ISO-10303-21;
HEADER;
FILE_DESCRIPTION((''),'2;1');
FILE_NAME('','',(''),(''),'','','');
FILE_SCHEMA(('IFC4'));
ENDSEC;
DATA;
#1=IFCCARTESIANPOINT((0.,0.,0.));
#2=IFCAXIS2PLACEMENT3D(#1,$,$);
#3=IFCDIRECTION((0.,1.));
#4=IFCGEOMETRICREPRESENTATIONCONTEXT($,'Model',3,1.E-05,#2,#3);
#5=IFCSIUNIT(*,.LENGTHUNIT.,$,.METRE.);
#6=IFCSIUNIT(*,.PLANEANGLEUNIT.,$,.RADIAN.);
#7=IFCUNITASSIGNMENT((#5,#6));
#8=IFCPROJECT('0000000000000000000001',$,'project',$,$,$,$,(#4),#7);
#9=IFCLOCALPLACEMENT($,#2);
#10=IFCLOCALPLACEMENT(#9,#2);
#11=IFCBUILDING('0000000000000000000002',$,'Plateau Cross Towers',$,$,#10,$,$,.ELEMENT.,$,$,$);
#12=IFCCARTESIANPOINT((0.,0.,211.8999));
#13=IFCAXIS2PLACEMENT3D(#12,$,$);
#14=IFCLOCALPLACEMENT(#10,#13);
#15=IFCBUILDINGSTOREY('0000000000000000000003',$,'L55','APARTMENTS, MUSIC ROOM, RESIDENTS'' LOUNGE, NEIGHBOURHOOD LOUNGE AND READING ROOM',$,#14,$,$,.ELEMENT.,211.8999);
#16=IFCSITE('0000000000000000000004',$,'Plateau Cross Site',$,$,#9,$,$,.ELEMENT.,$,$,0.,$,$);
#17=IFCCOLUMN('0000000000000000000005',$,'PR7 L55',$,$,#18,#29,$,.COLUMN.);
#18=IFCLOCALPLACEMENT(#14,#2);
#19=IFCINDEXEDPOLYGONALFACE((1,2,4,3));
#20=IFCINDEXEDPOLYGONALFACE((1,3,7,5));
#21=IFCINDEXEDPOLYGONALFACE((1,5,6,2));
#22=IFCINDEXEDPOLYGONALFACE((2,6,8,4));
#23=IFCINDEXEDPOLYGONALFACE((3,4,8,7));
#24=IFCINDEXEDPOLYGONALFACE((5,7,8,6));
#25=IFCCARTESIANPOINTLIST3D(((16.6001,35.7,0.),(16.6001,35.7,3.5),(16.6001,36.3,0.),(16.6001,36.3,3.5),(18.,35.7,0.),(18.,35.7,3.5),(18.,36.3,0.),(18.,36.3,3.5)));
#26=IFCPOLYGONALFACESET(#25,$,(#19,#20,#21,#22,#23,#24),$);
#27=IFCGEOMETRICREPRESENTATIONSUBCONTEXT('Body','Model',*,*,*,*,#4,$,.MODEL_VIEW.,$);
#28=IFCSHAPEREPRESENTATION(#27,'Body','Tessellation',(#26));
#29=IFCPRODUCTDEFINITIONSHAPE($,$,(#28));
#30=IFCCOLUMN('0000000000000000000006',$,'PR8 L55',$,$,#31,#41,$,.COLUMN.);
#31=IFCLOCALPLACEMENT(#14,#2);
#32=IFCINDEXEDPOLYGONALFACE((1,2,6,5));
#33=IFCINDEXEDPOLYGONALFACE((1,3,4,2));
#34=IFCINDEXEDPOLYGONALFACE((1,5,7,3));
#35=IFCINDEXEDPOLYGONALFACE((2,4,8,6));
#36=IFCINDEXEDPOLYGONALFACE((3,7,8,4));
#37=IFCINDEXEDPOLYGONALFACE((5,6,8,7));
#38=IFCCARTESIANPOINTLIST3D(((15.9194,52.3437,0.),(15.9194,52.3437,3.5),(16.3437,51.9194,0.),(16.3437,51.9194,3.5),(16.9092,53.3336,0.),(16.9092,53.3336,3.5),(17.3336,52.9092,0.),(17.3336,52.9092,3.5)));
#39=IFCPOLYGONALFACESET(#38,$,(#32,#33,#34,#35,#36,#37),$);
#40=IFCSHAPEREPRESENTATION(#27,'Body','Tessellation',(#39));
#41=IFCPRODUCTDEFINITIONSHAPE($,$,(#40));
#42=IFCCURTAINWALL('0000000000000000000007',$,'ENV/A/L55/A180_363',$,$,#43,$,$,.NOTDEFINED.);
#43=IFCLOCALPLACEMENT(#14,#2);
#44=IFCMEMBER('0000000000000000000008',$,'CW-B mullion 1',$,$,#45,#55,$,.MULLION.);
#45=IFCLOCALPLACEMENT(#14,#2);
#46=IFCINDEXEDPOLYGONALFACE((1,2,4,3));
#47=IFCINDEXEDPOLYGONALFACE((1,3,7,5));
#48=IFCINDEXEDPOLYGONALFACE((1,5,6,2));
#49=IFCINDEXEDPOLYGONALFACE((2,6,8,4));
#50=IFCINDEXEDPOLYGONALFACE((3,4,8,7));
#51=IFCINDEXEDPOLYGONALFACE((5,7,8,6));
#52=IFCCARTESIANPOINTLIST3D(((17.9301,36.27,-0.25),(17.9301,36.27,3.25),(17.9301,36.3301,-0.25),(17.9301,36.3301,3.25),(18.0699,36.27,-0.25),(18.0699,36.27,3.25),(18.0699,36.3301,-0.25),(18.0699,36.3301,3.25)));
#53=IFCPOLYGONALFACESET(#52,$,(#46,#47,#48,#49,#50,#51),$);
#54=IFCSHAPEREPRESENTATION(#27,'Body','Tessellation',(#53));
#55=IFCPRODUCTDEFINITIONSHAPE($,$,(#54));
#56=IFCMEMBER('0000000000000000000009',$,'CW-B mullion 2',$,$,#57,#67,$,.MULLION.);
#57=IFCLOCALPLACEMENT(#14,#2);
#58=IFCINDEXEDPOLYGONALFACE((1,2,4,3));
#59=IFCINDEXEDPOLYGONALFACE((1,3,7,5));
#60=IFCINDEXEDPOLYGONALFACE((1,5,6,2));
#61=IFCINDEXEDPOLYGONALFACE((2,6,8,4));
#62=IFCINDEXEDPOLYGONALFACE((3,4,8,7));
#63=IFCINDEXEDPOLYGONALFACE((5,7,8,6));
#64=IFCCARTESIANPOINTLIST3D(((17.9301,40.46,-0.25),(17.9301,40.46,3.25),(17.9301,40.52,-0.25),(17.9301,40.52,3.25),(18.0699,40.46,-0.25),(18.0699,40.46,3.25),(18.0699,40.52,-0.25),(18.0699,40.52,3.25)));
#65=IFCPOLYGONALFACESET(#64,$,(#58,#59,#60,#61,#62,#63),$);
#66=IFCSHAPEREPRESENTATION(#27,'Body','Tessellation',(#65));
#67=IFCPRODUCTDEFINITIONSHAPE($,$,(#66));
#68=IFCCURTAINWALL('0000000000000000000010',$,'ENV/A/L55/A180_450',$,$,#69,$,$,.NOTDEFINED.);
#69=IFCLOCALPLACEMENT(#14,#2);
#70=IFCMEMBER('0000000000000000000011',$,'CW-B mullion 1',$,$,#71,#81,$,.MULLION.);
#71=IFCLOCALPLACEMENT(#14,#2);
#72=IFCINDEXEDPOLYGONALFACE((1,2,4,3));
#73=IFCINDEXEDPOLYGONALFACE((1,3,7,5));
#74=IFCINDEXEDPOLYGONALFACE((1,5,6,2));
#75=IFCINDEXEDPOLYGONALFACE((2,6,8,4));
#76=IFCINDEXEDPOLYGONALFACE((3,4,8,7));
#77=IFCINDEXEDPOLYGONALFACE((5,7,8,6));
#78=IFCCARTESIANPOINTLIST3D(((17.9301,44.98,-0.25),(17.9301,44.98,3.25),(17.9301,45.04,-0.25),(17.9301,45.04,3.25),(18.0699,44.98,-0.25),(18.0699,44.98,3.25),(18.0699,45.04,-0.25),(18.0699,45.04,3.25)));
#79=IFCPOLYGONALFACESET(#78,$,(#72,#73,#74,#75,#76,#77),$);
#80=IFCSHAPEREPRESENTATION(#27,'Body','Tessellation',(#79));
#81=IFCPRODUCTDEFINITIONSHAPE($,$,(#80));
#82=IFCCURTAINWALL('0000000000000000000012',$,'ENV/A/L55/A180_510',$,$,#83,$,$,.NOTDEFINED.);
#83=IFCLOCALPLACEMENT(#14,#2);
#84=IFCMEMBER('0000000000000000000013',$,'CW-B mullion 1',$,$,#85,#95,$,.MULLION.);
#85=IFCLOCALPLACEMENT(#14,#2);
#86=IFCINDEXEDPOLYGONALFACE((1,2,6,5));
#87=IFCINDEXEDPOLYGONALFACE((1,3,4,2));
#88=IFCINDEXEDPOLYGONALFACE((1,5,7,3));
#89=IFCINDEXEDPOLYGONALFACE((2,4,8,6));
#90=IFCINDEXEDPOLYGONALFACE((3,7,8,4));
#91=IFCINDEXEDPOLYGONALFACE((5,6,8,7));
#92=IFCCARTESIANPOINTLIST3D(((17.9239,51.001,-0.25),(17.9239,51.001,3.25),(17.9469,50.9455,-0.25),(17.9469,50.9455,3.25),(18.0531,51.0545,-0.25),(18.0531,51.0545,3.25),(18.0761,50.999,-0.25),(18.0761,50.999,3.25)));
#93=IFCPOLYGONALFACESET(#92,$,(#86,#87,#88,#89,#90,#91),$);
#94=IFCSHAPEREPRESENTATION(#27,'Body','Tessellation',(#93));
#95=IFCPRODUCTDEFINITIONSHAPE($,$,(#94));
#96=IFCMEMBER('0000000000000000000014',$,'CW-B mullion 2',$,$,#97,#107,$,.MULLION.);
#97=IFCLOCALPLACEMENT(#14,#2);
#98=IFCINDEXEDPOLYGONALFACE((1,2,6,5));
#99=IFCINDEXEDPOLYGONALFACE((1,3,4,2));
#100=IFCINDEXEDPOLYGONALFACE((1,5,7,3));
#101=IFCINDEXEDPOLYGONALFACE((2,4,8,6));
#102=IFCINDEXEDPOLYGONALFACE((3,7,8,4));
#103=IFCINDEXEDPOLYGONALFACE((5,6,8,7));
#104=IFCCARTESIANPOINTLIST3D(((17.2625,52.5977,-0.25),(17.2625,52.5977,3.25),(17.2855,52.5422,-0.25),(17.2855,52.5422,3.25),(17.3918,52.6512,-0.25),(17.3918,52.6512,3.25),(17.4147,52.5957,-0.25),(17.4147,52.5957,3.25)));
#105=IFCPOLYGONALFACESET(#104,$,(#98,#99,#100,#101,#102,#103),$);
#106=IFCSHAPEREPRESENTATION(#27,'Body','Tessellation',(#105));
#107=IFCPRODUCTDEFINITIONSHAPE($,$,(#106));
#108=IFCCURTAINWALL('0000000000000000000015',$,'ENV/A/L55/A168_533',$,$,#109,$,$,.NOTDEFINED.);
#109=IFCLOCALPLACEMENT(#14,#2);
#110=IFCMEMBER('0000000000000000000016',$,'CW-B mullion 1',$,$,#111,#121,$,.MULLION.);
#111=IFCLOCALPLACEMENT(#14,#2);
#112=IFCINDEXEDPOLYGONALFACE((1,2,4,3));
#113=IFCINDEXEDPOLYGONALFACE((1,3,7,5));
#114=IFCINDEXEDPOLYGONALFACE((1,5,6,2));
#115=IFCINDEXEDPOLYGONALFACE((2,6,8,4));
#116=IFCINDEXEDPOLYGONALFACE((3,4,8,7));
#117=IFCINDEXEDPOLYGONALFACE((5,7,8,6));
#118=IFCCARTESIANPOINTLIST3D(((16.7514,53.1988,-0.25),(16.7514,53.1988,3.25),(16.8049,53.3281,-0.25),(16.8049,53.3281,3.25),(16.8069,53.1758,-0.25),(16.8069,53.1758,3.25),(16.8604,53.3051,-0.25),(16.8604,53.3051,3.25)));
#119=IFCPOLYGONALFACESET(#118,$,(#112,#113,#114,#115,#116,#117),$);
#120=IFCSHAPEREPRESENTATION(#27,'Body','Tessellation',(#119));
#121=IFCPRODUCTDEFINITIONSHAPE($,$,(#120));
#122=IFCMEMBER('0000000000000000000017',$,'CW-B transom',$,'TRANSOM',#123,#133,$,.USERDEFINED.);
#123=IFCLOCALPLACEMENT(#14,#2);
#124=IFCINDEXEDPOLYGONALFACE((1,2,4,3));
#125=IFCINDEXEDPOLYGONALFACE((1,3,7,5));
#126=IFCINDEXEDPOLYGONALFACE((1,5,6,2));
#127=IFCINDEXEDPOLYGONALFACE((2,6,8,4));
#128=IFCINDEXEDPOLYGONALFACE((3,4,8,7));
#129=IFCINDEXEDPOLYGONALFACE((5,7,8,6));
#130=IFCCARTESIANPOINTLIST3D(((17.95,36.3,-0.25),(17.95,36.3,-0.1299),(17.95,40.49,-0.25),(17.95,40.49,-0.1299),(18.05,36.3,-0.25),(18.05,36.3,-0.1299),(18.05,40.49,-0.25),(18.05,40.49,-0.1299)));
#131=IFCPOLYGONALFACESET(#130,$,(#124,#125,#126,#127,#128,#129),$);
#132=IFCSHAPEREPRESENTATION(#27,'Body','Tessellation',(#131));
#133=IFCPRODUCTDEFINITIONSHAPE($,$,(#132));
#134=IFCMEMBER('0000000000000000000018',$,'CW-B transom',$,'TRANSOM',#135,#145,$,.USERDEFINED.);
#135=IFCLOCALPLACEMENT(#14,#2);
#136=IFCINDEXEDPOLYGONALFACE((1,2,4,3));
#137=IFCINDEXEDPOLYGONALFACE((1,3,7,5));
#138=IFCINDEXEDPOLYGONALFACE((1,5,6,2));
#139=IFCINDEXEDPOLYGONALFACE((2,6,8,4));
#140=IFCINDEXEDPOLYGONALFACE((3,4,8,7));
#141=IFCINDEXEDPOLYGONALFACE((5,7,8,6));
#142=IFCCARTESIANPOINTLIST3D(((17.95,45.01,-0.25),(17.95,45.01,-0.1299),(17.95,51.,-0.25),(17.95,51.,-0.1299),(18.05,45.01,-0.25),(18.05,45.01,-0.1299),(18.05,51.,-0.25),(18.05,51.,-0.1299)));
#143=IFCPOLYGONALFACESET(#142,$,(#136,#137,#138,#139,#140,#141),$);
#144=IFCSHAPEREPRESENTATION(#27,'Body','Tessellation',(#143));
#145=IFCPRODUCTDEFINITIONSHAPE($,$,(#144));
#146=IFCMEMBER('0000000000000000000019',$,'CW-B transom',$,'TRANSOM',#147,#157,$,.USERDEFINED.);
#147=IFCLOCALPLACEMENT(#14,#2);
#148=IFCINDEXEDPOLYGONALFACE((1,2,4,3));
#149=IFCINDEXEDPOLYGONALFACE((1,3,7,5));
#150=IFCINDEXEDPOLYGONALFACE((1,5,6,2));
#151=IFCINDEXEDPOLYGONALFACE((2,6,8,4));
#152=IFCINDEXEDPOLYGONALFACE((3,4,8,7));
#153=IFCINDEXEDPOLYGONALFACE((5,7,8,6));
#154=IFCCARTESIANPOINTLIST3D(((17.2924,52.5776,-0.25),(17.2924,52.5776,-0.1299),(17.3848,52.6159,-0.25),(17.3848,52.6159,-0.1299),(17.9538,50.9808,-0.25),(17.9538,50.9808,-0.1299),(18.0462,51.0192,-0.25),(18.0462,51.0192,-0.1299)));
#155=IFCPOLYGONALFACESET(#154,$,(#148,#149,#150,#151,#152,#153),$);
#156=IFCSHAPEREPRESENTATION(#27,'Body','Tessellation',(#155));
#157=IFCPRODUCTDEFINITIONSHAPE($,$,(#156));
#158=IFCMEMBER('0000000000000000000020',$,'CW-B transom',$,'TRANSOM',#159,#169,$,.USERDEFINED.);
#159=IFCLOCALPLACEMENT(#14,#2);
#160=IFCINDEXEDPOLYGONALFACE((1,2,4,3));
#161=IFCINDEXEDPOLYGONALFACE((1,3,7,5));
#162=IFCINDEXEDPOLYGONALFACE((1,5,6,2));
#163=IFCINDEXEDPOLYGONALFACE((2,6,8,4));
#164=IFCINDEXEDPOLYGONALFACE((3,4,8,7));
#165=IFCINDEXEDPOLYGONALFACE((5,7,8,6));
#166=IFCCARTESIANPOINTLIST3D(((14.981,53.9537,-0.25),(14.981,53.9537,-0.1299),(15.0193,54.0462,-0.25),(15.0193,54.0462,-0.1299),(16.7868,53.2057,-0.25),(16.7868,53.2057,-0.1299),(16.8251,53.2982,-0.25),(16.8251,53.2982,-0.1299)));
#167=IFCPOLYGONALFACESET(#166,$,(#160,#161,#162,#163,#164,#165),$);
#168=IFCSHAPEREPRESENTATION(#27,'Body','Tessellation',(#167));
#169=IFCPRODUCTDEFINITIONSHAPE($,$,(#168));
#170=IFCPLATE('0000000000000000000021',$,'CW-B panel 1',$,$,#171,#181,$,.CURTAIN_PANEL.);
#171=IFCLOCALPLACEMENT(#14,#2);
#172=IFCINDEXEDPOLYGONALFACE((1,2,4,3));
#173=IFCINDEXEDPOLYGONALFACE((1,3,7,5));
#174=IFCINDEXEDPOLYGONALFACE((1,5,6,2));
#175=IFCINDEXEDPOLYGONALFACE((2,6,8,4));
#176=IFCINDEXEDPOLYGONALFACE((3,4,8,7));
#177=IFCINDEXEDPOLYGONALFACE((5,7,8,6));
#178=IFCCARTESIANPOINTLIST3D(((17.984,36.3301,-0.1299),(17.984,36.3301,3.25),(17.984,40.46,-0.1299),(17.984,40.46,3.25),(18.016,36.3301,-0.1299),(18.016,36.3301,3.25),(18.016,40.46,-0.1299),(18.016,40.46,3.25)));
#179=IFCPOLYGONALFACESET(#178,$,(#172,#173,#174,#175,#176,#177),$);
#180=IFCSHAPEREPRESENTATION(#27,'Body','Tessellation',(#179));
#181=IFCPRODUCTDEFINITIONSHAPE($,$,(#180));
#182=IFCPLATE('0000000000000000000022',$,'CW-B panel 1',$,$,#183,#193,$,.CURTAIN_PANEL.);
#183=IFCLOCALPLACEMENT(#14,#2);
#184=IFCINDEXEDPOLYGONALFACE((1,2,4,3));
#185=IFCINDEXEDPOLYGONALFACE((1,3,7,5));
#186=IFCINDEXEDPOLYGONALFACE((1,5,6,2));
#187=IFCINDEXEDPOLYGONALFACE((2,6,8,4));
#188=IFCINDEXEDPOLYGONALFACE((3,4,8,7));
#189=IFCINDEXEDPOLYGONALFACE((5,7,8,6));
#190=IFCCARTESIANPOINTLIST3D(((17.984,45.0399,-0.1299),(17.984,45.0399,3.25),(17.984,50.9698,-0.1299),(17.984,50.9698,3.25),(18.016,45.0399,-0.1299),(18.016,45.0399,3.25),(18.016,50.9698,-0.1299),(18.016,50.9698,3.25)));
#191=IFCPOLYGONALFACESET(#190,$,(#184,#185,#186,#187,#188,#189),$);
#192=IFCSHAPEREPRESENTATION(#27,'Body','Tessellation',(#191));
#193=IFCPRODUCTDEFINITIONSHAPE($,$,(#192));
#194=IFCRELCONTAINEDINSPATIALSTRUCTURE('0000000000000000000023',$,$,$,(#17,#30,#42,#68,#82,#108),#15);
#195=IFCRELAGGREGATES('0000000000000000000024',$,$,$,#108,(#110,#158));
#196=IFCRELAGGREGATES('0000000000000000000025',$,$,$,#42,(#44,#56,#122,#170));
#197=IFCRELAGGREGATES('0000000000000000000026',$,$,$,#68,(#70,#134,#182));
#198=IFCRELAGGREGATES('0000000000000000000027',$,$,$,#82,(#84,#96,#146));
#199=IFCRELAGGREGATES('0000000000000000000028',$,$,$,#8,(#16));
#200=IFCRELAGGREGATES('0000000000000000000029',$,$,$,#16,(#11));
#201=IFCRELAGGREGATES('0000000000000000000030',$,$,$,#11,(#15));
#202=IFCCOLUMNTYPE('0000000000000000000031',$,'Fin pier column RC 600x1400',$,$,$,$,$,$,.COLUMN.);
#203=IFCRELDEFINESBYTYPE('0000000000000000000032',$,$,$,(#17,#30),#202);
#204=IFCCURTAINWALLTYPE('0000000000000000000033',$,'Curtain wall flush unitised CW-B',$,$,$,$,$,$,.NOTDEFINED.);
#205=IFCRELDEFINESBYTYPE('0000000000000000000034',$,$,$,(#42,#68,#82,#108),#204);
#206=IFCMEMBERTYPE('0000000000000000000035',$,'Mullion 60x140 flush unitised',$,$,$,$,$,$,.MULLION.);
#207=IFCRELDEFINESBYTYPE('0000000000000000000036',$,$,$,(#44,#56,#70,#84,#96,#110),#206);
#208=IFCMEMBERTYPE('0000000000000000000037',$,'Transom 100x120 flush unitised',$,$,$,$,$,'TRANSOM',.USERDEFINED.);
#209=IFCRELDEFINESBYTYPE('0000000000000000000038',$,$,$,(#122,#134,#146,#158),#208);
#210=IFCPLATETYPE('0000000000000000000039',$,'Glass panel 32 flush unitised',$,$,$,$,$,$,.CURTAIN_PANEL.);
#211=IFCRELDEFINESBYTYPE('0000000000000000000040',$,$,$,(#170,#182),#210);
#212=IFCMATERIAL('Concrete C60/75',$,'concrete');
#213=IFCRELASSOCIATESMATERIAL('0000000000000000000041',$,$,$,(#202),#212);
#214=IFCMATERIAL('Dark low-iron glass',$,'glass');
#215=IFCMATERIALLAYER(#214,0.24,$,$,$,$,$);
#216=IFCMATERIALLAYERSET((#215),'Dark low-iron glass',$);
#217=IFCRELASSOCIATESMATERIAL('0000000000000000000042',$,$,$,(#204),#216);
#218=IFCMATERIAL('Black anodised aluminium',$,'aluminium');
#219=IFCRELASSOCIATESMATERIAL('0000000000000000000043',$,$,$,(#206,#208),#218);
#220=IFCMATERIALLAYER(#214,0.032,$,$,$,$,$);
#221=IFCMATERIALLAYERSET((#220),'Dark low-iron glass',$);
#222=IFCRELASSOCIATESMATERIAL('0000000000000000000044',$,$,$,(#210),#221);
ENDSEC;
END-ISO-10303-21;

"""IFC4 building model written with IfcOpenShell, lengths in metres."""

from ifc_helpers import new_model, si_unit, direction, frame, origin, origin_2d, place, context, subcontext, project, spatial, rectangle, extrude, material, layer, layer_set, material_profile, profile_set, type_object, element, aggregate, save


model = new_model("IFC4")

# Units and contexts
model_context = context("Model", 3, precision=1e-05, world=origin(), true_north=direction((0.0, 1.0)))
body_context = subcontext(model_context, "Body", "Model", "MODEL_VIEW")
ifc_project = project(units=[si_unit("LENGTHUNIT", "METRE"), si_unit("PLANEANGLEUNIT", "RADIAN")], contexts=[model_context])

# Site, building, storey
site_placement = place(None, origin())
site = spatial("IfcSite", under=ifc_project, at=site_placement, Name="Plateau Cross Site", CompositionType="ELEMENT", RefElevation=0.0)
building_placement = place(site_placement, origin())
building = spatial("IfcBuilding", under=site, at=building_placement, Name="Plateau Cross Towers", CompositionType="ELEMENT")
storey_placement = place(building_placement, frame((0.0, 0.0, 211.8999)))
storey = spatial("IfcBuildingStorey", under=building, at=storey_placement, Name="L55", Description="APARTMENTS, MUSIC ROOM, RESIDENTS' LOUNGE, NEIGHBOURHOOD LOUNGE AND READING ROOM", CompositionType="ELEMENT", Elevation=211.8999)

# Columns
ifc_material_1 = material(Name="Concrete C60/75", Category="concrete")
ifc_material_profile_1 = material_profile(ifc_material_1, rectangle(XDim=0.6001, YDim=1.3999, at=origin_2d()), Name="RC 600x1400")
ifc_profile_set_1 = profile_set([ifc_material_profile_1], Name="Concrete C60/75")
column_type = type_object("IfcColumnType", Name="Fin pier column RC 600x1400", PredefinedType="COLUMN", material=ifc_profile_set_1)
for number, where, z_axis, x_axis, name in (
    (1, (17.3, 36.0, 0.0), (0.0, 0.0, 1.0), (0.0, 1.0, 0.0), "PR7 L55"),
    (2, (16.6265, 52.6265, 0.0), (0.0, 0.0, 1.0), (-0.707107, 0.707107, 0.0), "PR8 L55"),
):
    element("IfcColumn", number, at=place(storey_placement, frame(where, z_axis=z_axis, x_axis=x_axis)), inside=storey, type_object=column_type, Name=name, PredefinedType="COLUMN", context=body_context, shape_type="SweptSolid", body=[
        extrude(rectangle(XDim=0.6001, YDim=1.3999, at=origin_2d()), origin(), (0.0, 0.0, 1.0), 3.5),
    ])

# Curtain wall, members
ifc_material_2 = material(Name="Dark low-iron glass", Category="glass")
ifc_layer_1 = layer(ifc_material_2, 0.24)
ifc_layer_set_1 = layer_set([ifc_layer_1], Name="Dark low-iron glass")
curtain_wall_type = type_object("IfcCurtainWallType", Name="Curtain wall flush unitised CW-B", PredefinedType="NOTDEFINED", material=ifc_layer_set_1)
curtain_wall_1_placement = place(storey_placement, origin())
curtain_wall_1 = element("IfcCurtainWall", 3, at=curtain_wall_1_placement, inside=storey, type_object=curtain_wall_type, Name="ENV/A/L55/A180_363", PredefinedType="NOTDEFINED")
ifc_material_3 = material(Name="Black anodised aluminium", Category="aluminium")
ifc_material_profile_2 = material_profile(ifc_material_3, rectangle(XDim=0.0601, YDim=0.1399, at=origin_2d()), Name="MULLION 60x140")
ifc_profile_set_2 = profile_set([ifc_material_profile_2], Name="Black anodised aluminium")
member_type_1 = type_object("IfcMemberType", Name="Mullion 60x140 flush unitised", PredefinedType="MULLION", material=ifc_profile_set_2)
member_1_placement = place(storey_placement, frame((18.0, 36.3, -0.25), z_axis=(0.0, 0.0, 1.0), x_axis=(0.0, 1.0, 0.0)))
member_1 = element("IfcMember", 4, at=member_1_placement, type_object=member_type_1, Name="CW-B mullion 1", PredefinedType="MULLION", context=body_context, shape_type="SweptSolid", body=[
    extrude(rectangle(XDim=0.0601, YDim=0.1399, at=origin_2d()), origin(), (0.0, 0.0, 1.0), 3.5),
])
member_2_placement = place(storey_placement, frame((18.0, 40.49, -0.25), z_axis=(0.0, 0.0, 1.0), x_axis=(0.0, 1.0, 0.0)))
member_2 = element("IfcMember", 5, at=member_2_placement, type_object=member_type_1, Name="CW-B mullion 2", PredefinedType="MULLION", context=body_context, shape_type="SweptSolid", body=[
    extrude(rectangle(XDim=0.0601, YDim=0.1399, at=origin_2d()), origin(), (0.0, 0.0, 1.0), 3.5),
])

# Curtain wall, member
curtain_wall_2_placement = place(storey_placement, origin())
curtain_wall_2 = element("IfcCurtainWall", 6, at=curtain_wall_2_placement, inside=storey, type_object=curtain_wall_type, Name="ENV/A/L55/A180_450", PredefinedType="NOTDEFINED")
member_3_placement = place(storey_placement, frame((18.0, 45.01, -0.25), z_axis=(0.0, 0.0, 1.0), x_axis=(0.0, 1.0, 0.0)))
member_3 = element("IfcMember", 7, at=member_3_placement, type_object=member_type_1, Name="CW-B mullion 1", PredefinedType="MULLION", context=body_context, shape_type="SweptSolid", body=[
    extrude(rectangle(XDim=0.0601, YDim=0.1399, at=origin_2d()), origin(), (0.0, 0.0, 1.0), 3.5),
])

# Curtain wall, members
curtain_wall_3_placement = place(storey_placement, origin())
curtain_wall_3 = element("IfcCurtainWall", 8, at=curtain_wall_3_placement, inside=storey, type_object=curtain_wall_type, Name="ENV/A/L55/A180_510", PredefinedType="NOTDEFINED")
member_4_placement = place(storey_placement, frame((18.0, 51.0, -0.25), z_axis=(0.0, 0.0, 1.0), x_axis=(-0.382684, 0.923879, 0.0)))
member_4 = element("IfcMember", 9, at=member_4_placement, type_object=member_type_1, Name="CW-B mullion 1", PredefinedType="MULLION", context=body_context, shape_type="SweptSolid", body=[
    extrude(rectangle(XDim=0.0601, YDim=0.1399, at=origin_2d()), origin(), (0.0, 0.0, 1.0), 3.5),
])
member_5_placement = place(storey_placement, frame((17.3386, 52.5967, -0.25), z_axis=(0.0, 0.0, 1.0), x_axis=(-0.382684, 0.923879, 0.0)))
member_5 = element("IfcMember", 10, at=member_5_placement, type_object=member_type_1, Name="CW-B mullion 2", PredefinedType="MULLION", context=body_context, shape_type="SweptSolid", body=[
    extrude(rectangle(XDim=0.0601, YDim=0.1399, at=origin_2d()), origin(), (0.0, 0.0, 1.0), 3.5),
])

# Curtain wall, member
curtain_wall_4_placement = place(storey_placement, origin())
curtain_wall_4 = element("IfcCurtainWall", 11, at=curtain_wall_4_placement, inside=storey, type_object=curtain_wall_type, Name="ENV/A/L55/A168_533", PredefinedType="NOTDEFINED")
member_6_placement = place(storey_placement, frame((16.8059, 53.252, -0.25), z_axis=(0.0, 0.0, 1.0), x_axis=(-0.923879, 0.382684, 0.0)))
member_6 = element("IfcMember", 12, at=member_6_placement, type_object=member_type_1, Name="CW-B mullion 1", PredefinedType="MULLION", context=body_context, shape_type="SweptSolid", body=[
    extrude(rectangle(XDim=0.0601, YDim=0.1399, at=origin_2d()), origin(), (0.0, 0.0, 1.0), 3.5),
])

# Members
ifc_material_profile_3 = material_profile(ifc_material_3, rectangle(XDim=0.1001, YDim=0.1201, at=origin_2d()), Name="TRANSOM 100x120")
ifc_profile_set_3 = profile_set([ifc_material_profile_3], Name="Black anodised aluminium")
member_type_2 = type_object("IfcMemberType", Name="Transom 100x120 flush unitised", ElementType="TRANSOM", PredefinedType="USERDEFINED", material=ifc_profile_set_3)
member_7_placement = place(storey_placement, frame((18.0, 36.3, -0.1899), z_axis=(0.0, 1.0, 0.0), x_axis=(-1.0, 0.0, 0.0)))
member_7 = element("IfcMember", 13, at=member_7_placement, type_object=member_type_2, Name="CW-B transom", ObjectType="TRANSOM", PredefinedType="USERDEFINED", context=body_context, shape_type="SweptSolid", body=[
    extrude(rectangle(XDim=0.1001, YDim=0.1201, at=origin_2d()), origin(), (0.0, 0.0, 1.0), 4.1899),
])
member_8_placement = place(storey_placement, frame((18.0, 45.01, -0.1899), z_axis=(0.0, 1.0, 0.0), x_axis=(-1.0, 0.0, 0.0)))
member_8 = element("IfcMember", 14, at=member_8_placement, type_object=member_type_2, Name="CW-B transom", ObjectType="TRANSOM", PredefinedType="USERDEFINED", context=body_context, shape_type="SweptSolid", body=[
    extrude(rectangle(XDim=0.1001, YDim=0.1201, at=origin_2d()), origin(), (0.0, 0.0, 1.0), 5.99),
])
member_9_placement = place(storey_placement, frame((18.0, 51.0, -0.1899), z_axis=(-0.382689, 0.923877, 0.0), x_axis=(-0.923877, -0.382689, 0.0)))
member_9 = element("IfcMember", 15, at=member_9_placement, type_object=member_type_2, Name="CW-B transom", ObjectType="TRANSOM", PredefinedType="USERDEFINED", context=body_context, shape_type="SweptSolid", body=[
    extrude(rectangle(XDim=0.1001, YDim=0.1201, at=origin_2d()), origin(), (0.0, 0.0, 1.0), 1.7283),
])
member_10_placement = place(storey_placement, frame((16.8059, 53.252, -0.1899), z_axis=(-0.923877, 0.38269, 0.0), x_axis=(-0.38269, -0.923877, 0.0)))
member_10 = element("IfcMember", 16, at=member_10_placement, type_object=member_type_2, Name="CW-B transom", ObjectType="TRANSOM", PredefinedType="USERDEFINED", context=body_context, shape_type="SweptSolid", body=[
    extrude(rectangle(XDim=0.1001, YDim=0.1201, at=origin_2d()), origin(), (0.0, 0.0, 1.0), 1.9546),
])
aggregate(curtain_wall_4, [member_6, member_10])

# Plates
ifc_layer_2 = layer(ifc_material_2, 0.032)
ifc_layer_set_2 = layer_set([ifc_layer_2], Name="Dark low-iron glass")
plate_type = type_object("IfcPlateType", Name="Glass panel 32 flush unitised", PredefinedType="CURTAIN_PANEL", material=ifc_layer_set_2)
plate_1_placement = place(storey_placement, frame((18.0, 38.395, -0.1299), z_axis=(0.0, 0.0, 1.0), x_axis=(0.0, 1.0, 0.0)))
plate_1 = element("IfcPlate", 17, at=plate_1_placement, type_object=plate_type, Name="CW-B panel 1", PredefinedType="CURTAIN_PANEL", context=body_context, shape_type="SweptSolid", body=[
    extrude(rectangle(XDim=4.1299, YDim=0.032, at=origin_2d()), origin(), (0.0, 0.0, 1.0), 3.3799),
])
aggregate(curtain_wall_1, [member_1, member_2, member_7, plate_1])
plate_2_placement = place(storey_placement, frame((18.0, 48.0049, -0.1299), z_axis=(0.0, 0.0, 1.0), x_axis=(0.0, 1.0, 0.0)))
plate_2 = element("IfcPlate", 18, at=plate_2_placement, type_object=plate_type, Name="CW-B panel 1", PredefinedType="CURTAIN_PANEL", context=body_context, shape_type="SweptSolid", body=[
    extrude(rectangle(XDim=5.9299, YDim=0.032, at=origin_2d()), origin(), (0.0, 0.0, 1.0), 3.3799),
])
aggregate(curtain_wall_2, [member_3, member_8, plate_2])
aggregate(curtain_wall_3, [member_4, member_5, member_9])

save(model, "model.ifc")
